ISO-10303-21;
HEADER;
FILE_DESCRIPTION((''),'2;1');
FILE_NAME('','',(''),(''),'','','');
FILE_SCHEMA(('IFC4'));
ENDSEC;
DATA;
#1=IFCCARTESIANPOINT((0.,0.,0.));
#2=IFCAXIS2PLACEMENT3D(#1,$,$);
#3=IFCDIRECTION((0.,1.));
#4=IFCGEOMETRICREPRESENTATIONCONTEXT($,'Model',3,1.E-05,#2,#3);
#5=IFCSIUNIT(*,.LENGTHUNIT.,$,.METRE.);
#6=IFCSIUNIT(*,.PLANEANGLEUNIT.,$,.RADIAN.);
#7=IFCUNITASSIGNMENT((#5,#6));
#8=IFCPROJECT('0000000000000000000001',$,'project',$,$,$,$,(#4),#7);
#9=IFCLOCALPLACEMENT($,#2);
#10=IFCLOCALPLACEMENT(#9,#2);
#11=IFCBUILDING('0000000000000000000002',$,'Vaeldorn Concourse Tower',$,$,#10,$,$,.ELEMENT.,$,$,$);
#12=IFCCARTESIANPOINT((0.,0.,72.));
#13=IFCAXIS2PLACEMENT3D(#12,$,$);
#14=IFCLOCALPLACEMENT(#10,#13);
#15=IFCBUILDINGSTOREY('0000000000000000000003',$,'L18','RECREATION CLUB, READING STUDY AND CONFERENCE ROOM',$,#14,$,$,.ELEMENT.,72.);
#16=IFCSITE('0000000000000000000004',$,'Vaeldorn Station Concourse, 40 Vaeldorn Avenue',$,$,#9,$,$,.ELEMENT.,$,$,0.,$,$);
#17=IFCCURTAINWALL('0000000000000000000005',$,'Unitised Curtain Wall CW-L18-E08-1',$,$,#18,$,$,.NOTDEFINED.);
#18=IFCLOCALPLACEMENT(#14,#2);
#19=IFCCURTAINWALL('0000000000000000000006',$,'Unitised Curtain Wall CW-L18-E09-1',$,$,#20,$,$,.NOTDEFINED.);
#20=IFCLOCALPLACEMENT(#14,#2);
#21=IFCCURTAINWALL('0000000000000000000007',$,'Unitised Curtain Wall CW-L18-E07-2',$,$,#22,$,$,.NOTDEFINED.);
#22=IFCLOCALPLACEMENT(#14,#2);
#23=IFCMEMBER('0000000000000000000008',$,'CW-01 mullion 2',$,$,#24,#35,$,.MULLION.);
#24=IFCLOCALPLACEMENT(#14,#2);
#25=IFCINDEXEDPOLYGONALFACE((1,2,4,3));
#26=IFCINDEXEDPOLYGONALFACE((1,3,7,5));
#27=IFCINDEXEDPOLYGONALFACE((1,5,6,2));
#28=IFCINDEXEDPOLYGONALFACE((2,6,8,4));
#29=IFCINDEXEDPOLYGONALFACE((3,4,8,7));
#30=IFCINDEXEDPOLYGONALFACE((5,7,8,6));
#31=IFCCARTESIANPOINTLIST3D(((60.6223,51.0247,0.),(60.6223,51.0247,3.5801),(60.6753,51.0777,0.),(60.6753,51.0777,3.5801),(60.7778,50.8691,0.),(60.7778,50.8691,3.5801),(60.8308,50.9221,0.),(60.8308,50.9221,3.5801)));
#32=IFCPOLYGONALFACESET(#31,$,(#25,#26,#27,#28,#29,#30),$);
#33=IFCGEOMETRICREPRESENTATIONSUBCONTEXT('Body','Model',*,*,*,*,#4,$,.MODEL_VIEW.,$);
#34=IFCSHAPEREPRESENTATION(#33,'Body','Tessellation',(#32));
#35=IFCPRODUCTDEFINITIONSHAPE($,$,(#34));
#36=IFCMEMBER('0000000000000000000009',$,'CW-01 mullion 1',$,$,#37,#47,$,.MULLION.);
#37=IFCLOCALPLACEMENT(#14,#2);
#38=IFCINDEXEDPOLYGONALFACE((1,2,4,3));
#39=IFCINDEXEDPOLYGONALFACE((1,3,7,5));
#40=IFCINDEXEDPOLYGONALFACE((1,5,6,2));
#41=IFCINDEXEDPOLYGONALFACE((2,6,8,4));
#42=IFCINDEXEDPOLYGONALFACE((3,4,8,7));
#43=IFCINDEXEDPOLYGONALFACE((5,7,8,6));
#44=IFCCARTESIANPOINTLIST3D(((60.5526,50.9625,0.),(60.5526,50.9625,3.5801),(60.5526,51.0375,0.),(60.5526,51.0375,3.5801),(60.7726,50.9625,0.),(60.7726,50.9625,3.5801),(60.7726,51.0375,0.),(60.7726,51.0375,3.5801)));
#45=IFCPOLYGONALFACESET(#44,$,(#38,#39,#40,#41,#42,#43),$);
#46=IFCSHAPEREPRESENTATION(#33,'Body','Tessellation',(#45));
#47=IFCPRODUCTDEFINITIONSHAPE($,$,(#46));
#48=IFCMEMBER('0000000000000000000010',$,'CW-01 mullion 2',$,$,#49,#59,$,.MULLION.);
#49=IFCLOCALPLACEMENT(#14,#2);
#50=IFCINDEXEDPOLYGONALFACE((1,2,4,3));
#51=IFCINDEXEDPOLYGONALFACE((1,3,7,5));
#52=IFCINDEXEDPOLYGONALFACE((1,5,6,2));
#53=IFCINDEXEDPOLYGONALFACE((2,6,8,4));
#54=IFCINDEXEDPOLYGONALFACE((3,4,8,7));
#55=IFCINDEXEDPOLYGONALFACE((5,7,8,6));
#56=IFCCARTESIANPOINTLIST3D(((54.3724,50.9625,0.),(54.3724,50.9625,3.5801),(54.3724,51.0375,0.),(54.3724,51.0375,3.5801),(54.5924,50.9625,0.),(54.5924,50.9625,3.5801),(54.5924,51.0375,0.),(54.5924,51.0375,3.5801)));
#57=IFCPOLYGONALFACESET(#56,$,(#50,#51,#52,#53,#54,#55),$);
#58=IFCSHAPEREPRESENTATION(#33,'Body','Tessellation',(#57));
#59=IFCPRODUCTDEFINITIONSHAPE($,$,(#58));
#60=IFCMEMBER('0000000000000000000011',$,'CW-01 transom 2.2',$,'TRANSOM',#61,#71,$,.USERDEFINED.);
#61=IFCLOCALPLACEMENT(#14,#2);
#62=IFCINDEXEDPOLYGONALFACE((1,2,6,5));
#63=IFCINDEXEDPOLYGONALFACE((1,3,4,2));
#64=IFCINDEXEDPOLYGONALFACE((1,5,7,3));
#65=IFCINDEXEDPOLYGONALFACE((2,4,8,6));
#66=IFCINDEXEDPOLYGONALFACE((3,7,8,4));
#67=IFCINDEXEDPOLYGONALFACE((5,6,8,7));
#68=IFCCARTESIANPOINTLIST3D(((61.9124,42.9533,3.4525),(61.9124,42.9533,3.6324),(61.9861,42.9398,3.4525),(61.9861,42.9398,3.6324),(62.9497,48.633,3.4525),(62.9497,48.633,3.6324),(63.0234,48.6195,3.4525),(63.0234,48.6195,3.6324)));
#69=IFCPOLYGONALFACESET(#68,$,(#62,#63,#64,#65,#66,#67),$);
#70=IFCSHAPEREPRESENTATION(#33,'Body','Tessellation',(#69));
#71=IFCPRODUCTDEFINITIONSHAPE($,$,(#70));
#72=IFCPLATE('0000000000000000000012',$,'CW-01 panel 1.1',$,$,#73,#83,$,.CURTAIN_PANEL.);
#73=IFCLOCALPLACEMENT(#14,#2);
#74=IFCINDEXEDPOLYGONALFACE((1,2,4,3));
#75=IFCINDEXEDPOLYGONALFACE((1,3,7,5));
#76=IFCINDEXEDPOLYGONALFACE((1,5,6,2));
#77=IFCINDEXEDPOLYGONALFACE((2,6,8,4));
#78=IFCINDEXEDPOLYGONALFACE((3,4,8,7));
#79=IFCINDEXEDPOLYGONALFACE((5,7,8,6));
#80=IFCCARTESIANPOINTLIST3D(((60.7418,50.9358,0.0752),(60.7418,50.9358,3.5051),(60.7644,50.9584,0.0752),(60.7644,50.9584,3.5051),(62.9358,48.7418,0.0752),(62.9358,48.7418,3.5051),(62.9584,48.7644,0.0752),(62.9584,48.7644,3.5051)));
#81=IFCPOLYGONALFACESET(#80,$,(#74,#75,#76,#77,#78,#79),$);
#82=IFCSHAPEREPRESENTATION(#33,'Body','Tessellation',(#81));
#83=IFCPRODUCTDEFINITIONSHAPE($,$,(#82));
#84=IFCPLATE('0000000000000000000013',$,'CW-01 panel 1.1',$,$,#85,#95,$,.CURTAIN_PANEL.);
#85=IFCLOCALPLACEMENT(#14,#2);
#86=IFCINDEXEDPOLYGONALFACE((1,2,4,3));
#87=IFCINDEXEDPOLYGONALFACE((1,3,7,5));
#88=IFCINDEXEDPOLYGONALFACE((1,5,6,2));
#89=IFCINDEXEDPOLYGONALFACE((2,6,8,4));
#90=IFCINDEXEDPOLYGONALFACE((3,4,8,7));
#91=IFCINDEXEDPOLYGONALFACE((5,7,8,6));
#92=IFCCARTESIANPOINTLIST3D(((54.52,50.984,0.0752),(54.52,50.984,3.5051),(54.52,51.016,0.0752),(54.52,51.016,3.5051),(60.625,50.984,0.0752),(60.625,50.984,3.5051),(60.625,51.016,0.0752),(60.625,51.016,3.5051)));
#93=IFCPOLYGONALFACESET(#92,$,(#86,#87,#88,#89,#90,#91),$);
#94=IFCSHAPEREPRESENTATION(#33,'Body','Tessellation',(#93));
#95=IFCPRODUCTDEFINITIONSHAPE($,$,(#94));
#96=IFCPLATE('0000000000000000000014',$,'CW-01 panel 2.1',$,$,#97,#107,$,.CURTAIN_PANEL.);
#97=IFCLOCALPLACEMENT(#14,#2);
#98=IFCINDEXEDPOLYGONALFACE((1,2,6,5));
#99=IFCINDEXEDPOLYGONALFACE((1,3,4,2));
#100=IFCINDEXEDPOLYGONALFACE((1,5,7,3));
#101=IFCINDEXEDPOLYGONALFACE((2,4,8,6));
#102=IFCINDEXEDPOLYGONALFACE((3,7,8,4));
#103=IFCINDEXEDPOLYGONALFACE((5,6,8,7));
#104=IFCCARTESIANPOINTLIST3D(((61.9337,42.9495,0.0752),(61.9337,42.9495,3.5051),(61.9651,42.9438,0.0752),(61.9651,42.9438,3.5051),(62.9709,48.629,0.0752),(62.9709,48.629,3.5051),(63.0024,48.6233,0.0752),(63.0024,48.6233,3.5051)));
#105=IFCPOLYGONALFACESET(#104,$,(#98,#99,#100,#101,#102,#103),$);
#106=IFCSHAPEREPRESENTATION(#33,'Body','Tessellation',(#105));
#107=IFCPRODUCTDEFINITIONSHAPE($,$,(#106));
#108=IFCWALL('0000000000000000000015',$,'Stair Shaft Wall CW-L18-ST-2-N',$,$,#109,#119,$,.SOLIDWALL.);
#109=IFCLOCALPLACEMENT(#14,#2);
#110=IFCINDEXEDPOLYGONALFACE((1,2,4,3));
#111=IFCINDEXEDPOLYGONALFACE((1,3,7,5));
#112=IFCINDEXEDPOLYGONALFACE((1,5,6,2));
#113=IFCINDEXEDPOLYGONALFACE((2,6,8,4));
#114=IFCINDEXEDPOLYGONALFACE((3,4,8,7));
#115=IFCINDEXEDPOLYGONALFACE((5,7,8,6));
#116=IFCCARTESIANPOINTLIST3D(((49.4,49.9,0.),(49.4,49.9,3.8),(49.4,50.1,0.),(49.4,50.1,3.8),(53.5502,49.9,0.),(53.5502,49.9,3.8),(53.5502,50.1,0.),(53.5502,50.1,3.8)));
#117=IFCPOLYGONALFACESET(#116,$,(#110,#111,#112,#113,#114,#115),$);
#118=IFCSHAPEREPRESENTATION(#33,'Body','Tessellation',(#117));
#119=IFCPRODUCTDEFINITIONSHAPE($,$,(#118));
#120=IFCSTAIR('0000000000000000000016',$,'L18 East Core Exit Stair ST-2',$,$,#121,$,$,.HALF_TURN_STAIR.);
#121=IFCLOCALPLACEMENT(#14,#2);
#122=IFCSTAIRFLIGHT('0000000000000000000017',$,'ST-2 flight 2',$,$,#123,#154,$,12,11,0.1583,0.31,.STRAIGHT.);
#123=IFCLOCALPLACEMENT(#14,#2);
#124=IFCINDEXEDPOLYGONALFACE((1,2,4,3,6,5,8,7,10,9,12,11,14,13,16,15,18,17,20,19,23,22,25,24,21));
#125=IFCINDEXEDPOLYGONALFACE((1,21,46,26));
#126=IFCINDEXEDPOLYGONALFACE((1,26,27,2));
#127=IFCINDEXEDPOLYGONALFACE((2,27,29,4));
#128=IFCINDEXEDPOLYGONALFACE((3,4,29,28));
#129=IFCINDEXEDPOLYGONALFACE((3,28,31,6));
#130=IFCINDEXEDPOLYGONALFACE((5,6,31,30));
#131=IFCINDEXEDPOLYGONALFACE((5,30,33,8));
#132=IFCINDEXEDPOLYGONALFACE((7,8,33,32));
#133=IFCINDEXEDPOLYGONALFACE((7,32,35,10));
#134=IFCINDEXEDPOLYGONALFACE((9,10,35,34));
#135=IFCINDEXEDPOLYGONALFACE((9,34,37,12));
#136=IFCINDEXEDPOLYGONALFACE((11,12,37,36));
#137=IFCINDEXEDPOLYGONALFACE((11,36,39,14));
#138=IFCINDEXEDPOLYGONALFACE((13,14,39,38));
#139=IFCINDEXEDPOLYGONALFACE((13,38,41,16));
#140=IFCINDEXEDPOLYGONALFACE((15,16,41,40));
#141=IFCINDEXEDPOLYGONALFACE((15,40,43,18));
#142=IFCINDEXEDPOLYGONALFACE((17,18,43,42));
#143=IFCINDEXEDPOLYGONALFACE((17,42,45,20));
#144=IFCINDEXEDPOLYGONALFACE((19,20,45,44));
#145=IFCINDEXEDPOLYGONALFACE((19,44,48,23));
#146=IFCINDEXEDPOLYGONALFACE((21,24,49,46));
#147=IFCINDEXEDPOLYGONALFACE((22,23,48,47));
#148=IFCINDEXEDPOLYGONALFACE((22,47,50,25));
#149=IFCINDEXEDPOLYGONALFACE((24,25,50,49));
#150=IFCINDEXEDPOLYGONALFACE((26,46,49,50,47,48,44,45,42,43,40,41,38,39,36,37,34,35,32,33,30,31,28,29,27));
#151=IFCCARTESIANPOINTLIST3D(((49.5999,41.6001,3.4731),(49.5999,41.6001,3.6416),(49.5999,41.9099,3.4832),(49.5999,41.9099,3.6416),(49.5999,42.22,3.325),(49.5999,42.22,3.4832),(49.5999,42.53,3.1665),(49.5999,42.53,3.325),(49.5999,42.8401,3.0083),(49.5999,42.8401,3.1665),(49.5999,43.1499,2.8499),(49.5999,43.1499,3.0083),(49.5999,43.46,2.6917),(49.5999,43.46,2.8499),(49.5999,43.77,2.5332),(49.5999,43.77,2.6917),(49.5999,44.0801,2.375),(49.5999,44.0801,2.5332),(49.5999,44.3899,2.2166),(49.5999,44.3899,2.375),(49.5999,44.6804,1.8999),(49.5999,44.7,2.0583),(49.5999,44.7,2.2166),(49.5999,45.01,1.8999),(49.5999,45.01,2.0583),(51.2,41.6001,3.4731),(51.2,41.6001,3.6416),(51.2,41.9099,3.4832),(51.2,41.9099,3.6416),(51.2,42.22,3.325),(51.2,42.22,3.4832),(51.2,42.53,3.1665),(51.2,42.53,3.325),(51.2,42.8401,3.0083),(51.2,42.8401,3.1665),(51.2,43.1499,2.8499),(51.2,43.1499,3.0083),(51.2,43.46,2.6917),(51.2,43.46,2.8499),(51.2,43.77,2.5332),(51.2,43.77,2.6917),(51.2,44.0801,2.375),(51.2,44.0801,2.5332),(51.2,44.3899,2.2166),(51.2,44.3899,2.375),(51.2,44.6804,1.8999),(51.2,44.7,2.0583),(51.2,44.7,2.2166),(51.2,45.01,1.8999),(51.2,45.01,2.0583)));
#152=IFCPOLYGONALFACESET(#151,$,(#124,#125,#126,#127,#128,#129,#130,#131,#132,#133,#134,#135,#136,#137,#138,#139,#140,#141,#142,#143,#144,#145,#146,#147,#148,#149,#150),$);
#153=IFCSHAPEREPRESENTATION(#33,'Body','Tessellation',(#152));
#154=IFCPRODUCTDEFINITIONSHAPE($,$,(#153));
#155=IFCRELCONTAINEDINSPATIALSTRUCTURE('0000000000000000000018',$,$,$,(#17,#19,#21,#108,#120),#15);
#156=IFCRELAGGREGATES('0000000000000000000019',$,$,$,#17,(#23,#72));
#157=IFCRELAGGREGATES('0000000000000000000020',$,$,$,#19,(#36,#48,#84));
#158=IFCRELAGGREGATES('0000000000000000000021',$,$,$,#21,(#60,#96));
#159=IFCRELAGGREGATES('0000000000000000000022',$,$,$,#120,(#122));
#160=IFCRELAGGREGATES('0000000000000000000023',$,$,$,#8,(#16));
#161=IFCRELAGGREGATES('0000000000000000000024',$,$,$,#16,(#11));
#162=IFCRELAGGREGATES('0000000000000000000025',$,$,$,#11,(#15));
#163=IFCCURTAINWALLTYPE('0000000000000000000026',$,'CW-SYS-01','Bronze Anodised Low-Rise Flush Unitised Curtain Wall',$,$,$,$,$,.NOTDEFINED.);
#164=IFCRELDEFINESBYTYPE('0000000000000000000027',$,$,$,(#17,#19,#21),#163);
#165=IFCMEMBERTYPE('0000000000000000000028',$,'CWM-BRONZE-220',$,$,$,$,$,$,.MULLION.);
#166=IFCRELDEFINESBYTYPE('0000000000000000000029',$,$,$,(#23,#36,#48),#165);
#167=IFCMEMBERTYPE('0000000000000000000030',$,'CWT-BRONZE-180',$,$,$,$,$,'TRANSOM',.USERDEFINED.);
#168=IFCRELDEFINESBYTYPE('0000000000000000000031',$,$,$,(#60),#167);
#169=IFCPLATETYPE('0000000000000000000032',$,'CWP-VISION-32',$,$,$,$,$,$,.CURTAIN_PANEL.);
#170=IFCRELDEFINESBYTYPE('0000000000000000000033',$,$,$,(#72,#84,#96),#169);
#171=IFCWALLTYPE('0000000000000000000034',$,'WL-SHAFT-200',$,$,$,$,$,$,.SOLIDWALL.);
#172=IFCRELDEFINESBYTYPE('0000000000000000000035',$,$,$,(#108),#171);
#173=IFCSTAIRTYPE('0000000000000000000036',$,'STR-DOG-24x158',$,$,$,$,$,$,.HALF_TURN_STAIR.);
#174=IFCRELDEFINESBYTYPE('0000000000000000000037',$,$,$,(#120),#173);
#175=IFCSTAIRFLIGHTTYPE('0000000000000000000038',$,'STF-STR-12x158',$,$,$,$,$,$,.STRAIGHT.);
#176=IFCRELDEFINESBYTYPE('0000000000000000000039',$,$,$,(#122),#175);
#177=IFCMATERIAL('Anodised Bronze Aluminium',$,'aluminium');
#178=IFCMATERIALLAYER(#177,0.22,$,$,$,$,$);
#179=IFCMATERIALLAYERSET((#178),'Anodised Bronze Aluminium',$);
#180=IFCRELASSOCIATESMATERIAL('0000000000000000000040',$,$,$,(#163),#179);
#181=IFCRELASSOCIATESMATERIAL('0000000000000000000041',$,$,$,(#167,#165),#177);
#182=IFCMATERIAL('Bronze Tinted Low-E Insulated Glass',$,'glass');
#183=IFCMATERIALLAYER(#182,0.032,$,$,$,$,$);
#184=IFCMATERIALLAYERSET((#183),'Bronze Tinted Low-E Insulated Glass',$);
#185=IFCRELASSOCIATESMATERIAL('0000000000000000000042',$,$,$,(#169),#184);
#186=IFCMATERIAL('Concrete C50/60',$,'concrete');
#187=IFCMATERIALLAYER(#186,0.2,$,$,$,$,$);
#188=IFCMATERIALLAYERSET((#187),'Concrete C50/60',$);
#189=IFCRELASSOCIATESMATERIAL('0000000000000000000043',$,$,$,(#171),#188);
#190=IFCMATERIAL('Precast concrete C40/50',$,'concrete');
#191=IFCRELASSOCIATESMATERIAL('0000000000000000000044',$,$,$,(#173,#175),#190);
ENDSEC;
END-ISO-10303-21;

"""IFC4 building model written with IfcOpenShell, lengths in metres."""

from ifc_helpers import new_model, si_unit, direction, frame, frame_2d, origin, origin_2d, place, context, subcontext, project, spatial, polyline, rectangle, outline, extrude, source, transform, mapped, material, layer, layer_set, material_profile, profile_set, type_object, element, aggregate, save


model = new_model("IFC4")

# Units and contexts
model_context = context("Model", 3, precision=1e-05, world=origin(), true_north=direction((0.0, 1.0)))
body_context = subcontext(model_context, "Body", "Model", "MODEL_VIEW")
ifc_project = project(units=[si_unit("LENGTHUNIT", "METRE"), si_unit("PLANEANGLEUNIT", "RADIAN")], contexts=[model_context])

# Site, building, storey
site_placement = place(None, origin())
site = spatial("IfcSite", under=ifc_project, at=site_placement, Name="Vaeldorn Station Concourse, 40 Vaeldorn Avenue", CompositionType="ELEMENT", RefElevation=0.0)
building_placement = place(site_placement, origin())
building = spatial("IfcBuilding", under=site, at=building_placement, Name="Vaeldorn Concourse Tower", CompositionType="ELEMENT")
storey_placement = place(building_placement, frame((0.0, 0.0, 72.0)))
storey = spatial("IfcBuildingStorey", under=building, at=storey_placement, Name="L18", Description="RECREATION CLUB, READING STUDY AND CONFERENCE ROOM", CompositionType="ELEMENT", Elevation=72.0)

# Curtain walls
ifc_material_1 = material(Name="Anodised Bronze Aluminium", Category="aluminium")
ifc_layer_1 = layer(ifc_material_1, 0.22)
ifc_layer_set_1 = layer_set([ifc_layer_1], Name="Anodised Bronze Aluminium")
curtain_wall_type = type_object("IfcCurtainWallType", Name="CW-SYS-01", Description="Bronze Anodised Low-Rise Flush Unitised Curtain Wall", PredefinedType="NOTDEFINED", material=ifc_layer_set_1)
curtain_wall_1_placement = place(storey_placement, origin())
curtain_wall_1 = element("IfcCurtainWall", 1, at=curtain_wall_1_placement, inside=storey, type_object=curtain_wall_type, Name="Unitised Curtain Wall CW-L18-E08-1", PredefinedType="NOTDEFINED")
ifc_material_profile_1 = material_profile(ifc_material_1, rectangle(XDim=0.075, YDim=0.1799, at=origin_2d()), Name="CWT 75x180")
ifc_profile_set_1 = profile_set([ifc_material_profile_1], Name="Anodised Bronze Aluminium")
member_type_1 = type_object("IfcMemberType", Name="CWT-BRONZE-180", ElementType="TRANSOM", PredefinedType="USERDEFINED", material=ifc_profile_set_1)
curtain_wall_2_placement = place(storey_placement, origin())
curtain_wall_2 = element("IfcCurtainWall", 2, at=curtain_wall_2_placement, inside=storey, type_object=curtain_wall_type, Name="Unitised Curtain Wall CW-L18-E09-1", PredefinedType="NOTDEFINED")

# Curtain wall
curtain_wall_3_placement = place(storey_placement, origin())
curtain_wall_3 = element("IfcCurtainWall", 3, at=curtain_wall_3_placement, inside=storey, type_object=curtain_wall_type, Name="Unitised Curtain Wall CW-L18-E07-2", PredefinedType="NOTDEFINED")
ifc_material_profile_2 = material_profile(ifc_material_1, rectangle(XDim=0.075, YDim=0.22, at=origin_2d()), Name="CWM 75x220")
ifc_profile_set_2 = profile_set([ifc_material_profile_2], Name="Anodised Bronze Aluminium")
member_type_2 = type_object("IfcMemberType", Name="CWM-BRONZE-220", PredefinedType="MULLION", material=ifc_profile_set_2)
shared_shape_1 = source(origin(), body_context, "Body", "SweptSolid", [
    extrude(rectangle(XDim=0.075, YDim=0.22, at=origin_2d()), origin(), (0.0, 0.0, 1.0), 3.5801),
])

# Members
member_1_placement = place(storey_placement, frame((60.7266, 50.9734, 0.0), z_axis=(0.0, 0.0, 1.0), x_axis=(-0.707107, -0.707107, 0.0)))
member_1 = element("IfcMember", 4, at=member_1_placement, type_object=member_type_2, Name="CW-01 mullion 2", PredefinedType="MULLION", context=body_context, shape_type="MappedRepresentation", body=[
    mapped(shared_shape_1, transform((0.0, 0.0, 0.0), scale=1.0)),
])
member_2_placement = place(storey_placement, frame((60.6626, 51.0, 0.0), z_axis=(0.0, 0.0, 1.0), x_axis=(0.0, -1.0, 0.0)))
member_2 = element("IfcMember", 5, at=member_2_placement, type_object=member_type_2, Name="CW-01 mullion 1", PredefinedType="MULLION", context=body_context, shape_type="MappedRepresentation", body=[
    mapped(shared_shape_1, transform((0.0, 0.0, 0.0), scale=1.0)),
])
member_3_placement = place(storey_placement, frame((54.4824, 51.0, 0.0), z_axis=(0.0, 0.0, 1.0), x_axis=(0.0, -1.0, 0.0)))
member_3 = element("IfcMember", 6, at=member_3_placement, type_object=member_type_2, Name="CW-01 mullion 2", PredefinedType="MULLION", context=body_context, shape_type="MappedRepresentation", body=[
    mapped(shared_shape_1, transform((0.0, 0.0, 0.0), scale=1.0)),
])
shared_shape_2 = source(origin(), body_context, "Body", "SweptSolid", [
    extrude(rectangle(XDim=0.075, YDim=0.1799, at=origin_2d()), origin(), (0.0, 0.0, 1.0), 5.7737),
])
member_4_placement = place(storey_placement, frame((61.9492, 42.9465, 3.5425), z_axis=(0.179671, 0.983727, 0.0), x_axis=(-0.983727, 0.179671, 0.0)))
member_4 = element("IfcMember", 7, at=member_4_placement, type_object=member_type_1, Name="CW-01 transom 2.2", ObjectType="TRANSOM", PredefinedType="USERDEFINED", context=body_context, shape_type="MappedRepresentation", body=[
    mapped(shared_shape_2, transform((0.0, 0.0, 0.0), scale=1.0)),
])

# Plates
ifc_material_2 = material(Name="Bronze Tinted Low-E Insulated Glass", Category="glass")
ifc_layer_2 = layer(ifc_material_2, 0.032)
ifc_layer_set_2 = layer_set([ifc_layer_2], Name="Bronze Tinted Low-E Insulated Glass")
plate_type = type_object("IfcPlateType", Name="CWP-VISION-32", PredefinedType="CURTAIN_PANEL", material=ifc_layer_set_2)
shared_shape_3 = source(origin(), body_context, "Body", "SweptSolid", [
    extrude(rectangle(XDim=3.1028, YDim=0.032, at=origin_2d()), origin(), (0.0, 0.0, 1.0), 3.4299),
])
plate_1_placement = place(storey_placement, frame((61.8501, 49.8501, 0.0752), z_axis=(0.0, 0.0, 1.0), x_axis=(-0.707107, 0.707107, 0.0)))
plate_1 = element("IfcPlate", 8, at=plate_1_placement, type_object=plate_type, Name="CW-01 panel 1.1", PredefinedType="CURTAIN_PANEL", context=body_context, shape_type="MappedRepresentation", body=[
    mapped(shared_shape_3, transform((0.0, 0.0, 0.0), scale=1.0)),
])
aggregate(curtain_wall_1, [member_1, plate_1])
shared_shape_4 = source(origin(), body_context, "Body", "SweptSolid", [
    extrude(rectangle(XDim=6.105, YDim=0.032, at=origin_2d()), origin(), (0.0, 0.0, 1.0), 3.4299),
])
plate_2_placement = place(storey_placement, frame((57.5725, 51.0, 0.0752), z_axis=(0.0, 0.0, 1.0), x_axis=(-1.0, 0.0, 0.0)))
plate_2 = element("IfcPlate", 9, at=plate_2_placement, type_object=plate_type, Name="CW-01 panel 1.1", PredefinedType="CURTAIN_PANEL", context=body_context, shape_type="MappedRepresentation", body=[
    mapped(shared_shape_4, transform((0.0, 0.0, 0.0), scale=1.0)),
])
aggregate(curtain_wall_2, [member_2, member_3, plate_2])
shared_shape_5 = source(origin(), body_context, "Body", "SweptSolid", [
    extrude(rectangle(XDim=5.7734, YDim=0.032, at=origin_2d()), origin(), (0.0, 0.0, 1.0), 3.4299),
])
plate_3_placement = place(storey_placement, frame((62.468, 45.7864, 0.0752), z_axis=(0.0, 0.0, 1.0), x_axis=(0.179655, 0.98373, 0.0)))
plate_3 = element("IfcPlate", 10, at=plate_3_placement, type_object=plate_type, Name="CW-01 panel 2.1", PredefinedType="CURTAIN_PANEL", context=body_context, shape_type="MappedRepresentation", body=[
    mapped(shared_shape_5, transform((0.0, 0.0, 0.0), scale=1.0)),
])
aggregate(curtain_wall_3, [member_4, plate_3])

# Wall
ifc_material_3 = material(Name="Concrete C50/60", Category="concrete")
ifc_layer_3 = layer(ifc_material_3, 0.2)
ifc_layer_set_3 = layer_set([ifc_layer_3], Name="Concrete C50/60")
wall_type = type_object("IfcWallType", Name="WL-SHAFT-200", PredefinedType="SOLIDWALL", material=ifc_layer_set_3)
wall_placement = place(storey_placement, frame((49.3999, 50.0, 0.0), z_axis=(0.0, 0.0, 1.0), x_axis=(1.0, 0.0, 0.0)))
element("IfcWall", 11, at=wall_placement, inside=storey, type_object=wall_type, Name="Stair Shaft Wall CW-L18-ST-2-N", PredefinedType="SOLIDWALL", context=body_context, shape_type="SweptSolid", body=[
    extrude(rectangle(XDim=4.1501, YDim=0.2, at=frame_2d((2.0752, 0.0))), origin(), (0.0, 0.0, 1.0), 3.8),
])

# Stair, stair flight
ifc_material_4 = material(Name="Precast concrete C40/50", Category="concrete")
stair_type = type_object("IfcStairType", Name="STR-DOG-24x158", PredefinedType="HALF_TURN_STAIR", material=ifc_material_4)
stair_placement = place(storey_placement, origin())
stair = element("IfcStair", 12, at=stair_placement, inside=storey, type_object=stair_type, Name="L18 East Core Exit Stair ST-2", PredefinedType="HALF_TURN_STAIR")
stair_flight_type = type_object("IfcStairFlightType", Name="STF-STR-12x158", PredefinedType="STRAIGHT", material=ifc_material_4)
stair_flight_placement = place(storey_placement, frame((50.3999, 45.01, 1.8999), z_axis=(0.0, 0.0, 1.0), x_axis=(0.0, -1.0, 0.0)))
stair_flight = element("IfcStairFlight", 13, at=stair_flight_placement, type_object=stair_flight_type, Name="ST-2 flight 2", NumberOfRisers=12, NumberOfTreads=11, PredefinedType="STRAIGHT", RiserHeight=0.1583, TreadLength=0.31, context=body_context, shape_type="SweptSolid", body=[
    extrude(outline(polyline([(0.0, 0.0), (0.0, 0.1584), (0.3101, 0.1584), (0.3101, 0.3167), (0.6201, 0.3167), (0.6201, 0.4751), (0.9299, 0.4751), (0.9299, 0.6333), (1.24, 0.6333), (1.24, 0.7917), (1.55, 0.7917), (1.55, 0.95), (1.8601, 0.95), (1.8601, 1.1084), (2.1699, 1.1084), (2.1699, 1.2666), (2.48, 1.2666), (2.48, 1.425), (2.79, 1.425), (2.79, 1.5833), (3.1001, 1.5833), (3.1001, 1.7417), (3.4099, 1.7417), (3.4099, 1.8999), (3.4099, 1.5732), (0.3296, 0.0), (0.0, 0.0)])), frame((0.0, 0.8, 0.0), z_axis=(0.0, -1.0, 0.0), x_axis=(1.0, 0.0, 0.0)), (0.0, 0.0, 1.0), 1.6001),
])
aggregate(stair, [stair_flight])

save(model, "model.ifc")
